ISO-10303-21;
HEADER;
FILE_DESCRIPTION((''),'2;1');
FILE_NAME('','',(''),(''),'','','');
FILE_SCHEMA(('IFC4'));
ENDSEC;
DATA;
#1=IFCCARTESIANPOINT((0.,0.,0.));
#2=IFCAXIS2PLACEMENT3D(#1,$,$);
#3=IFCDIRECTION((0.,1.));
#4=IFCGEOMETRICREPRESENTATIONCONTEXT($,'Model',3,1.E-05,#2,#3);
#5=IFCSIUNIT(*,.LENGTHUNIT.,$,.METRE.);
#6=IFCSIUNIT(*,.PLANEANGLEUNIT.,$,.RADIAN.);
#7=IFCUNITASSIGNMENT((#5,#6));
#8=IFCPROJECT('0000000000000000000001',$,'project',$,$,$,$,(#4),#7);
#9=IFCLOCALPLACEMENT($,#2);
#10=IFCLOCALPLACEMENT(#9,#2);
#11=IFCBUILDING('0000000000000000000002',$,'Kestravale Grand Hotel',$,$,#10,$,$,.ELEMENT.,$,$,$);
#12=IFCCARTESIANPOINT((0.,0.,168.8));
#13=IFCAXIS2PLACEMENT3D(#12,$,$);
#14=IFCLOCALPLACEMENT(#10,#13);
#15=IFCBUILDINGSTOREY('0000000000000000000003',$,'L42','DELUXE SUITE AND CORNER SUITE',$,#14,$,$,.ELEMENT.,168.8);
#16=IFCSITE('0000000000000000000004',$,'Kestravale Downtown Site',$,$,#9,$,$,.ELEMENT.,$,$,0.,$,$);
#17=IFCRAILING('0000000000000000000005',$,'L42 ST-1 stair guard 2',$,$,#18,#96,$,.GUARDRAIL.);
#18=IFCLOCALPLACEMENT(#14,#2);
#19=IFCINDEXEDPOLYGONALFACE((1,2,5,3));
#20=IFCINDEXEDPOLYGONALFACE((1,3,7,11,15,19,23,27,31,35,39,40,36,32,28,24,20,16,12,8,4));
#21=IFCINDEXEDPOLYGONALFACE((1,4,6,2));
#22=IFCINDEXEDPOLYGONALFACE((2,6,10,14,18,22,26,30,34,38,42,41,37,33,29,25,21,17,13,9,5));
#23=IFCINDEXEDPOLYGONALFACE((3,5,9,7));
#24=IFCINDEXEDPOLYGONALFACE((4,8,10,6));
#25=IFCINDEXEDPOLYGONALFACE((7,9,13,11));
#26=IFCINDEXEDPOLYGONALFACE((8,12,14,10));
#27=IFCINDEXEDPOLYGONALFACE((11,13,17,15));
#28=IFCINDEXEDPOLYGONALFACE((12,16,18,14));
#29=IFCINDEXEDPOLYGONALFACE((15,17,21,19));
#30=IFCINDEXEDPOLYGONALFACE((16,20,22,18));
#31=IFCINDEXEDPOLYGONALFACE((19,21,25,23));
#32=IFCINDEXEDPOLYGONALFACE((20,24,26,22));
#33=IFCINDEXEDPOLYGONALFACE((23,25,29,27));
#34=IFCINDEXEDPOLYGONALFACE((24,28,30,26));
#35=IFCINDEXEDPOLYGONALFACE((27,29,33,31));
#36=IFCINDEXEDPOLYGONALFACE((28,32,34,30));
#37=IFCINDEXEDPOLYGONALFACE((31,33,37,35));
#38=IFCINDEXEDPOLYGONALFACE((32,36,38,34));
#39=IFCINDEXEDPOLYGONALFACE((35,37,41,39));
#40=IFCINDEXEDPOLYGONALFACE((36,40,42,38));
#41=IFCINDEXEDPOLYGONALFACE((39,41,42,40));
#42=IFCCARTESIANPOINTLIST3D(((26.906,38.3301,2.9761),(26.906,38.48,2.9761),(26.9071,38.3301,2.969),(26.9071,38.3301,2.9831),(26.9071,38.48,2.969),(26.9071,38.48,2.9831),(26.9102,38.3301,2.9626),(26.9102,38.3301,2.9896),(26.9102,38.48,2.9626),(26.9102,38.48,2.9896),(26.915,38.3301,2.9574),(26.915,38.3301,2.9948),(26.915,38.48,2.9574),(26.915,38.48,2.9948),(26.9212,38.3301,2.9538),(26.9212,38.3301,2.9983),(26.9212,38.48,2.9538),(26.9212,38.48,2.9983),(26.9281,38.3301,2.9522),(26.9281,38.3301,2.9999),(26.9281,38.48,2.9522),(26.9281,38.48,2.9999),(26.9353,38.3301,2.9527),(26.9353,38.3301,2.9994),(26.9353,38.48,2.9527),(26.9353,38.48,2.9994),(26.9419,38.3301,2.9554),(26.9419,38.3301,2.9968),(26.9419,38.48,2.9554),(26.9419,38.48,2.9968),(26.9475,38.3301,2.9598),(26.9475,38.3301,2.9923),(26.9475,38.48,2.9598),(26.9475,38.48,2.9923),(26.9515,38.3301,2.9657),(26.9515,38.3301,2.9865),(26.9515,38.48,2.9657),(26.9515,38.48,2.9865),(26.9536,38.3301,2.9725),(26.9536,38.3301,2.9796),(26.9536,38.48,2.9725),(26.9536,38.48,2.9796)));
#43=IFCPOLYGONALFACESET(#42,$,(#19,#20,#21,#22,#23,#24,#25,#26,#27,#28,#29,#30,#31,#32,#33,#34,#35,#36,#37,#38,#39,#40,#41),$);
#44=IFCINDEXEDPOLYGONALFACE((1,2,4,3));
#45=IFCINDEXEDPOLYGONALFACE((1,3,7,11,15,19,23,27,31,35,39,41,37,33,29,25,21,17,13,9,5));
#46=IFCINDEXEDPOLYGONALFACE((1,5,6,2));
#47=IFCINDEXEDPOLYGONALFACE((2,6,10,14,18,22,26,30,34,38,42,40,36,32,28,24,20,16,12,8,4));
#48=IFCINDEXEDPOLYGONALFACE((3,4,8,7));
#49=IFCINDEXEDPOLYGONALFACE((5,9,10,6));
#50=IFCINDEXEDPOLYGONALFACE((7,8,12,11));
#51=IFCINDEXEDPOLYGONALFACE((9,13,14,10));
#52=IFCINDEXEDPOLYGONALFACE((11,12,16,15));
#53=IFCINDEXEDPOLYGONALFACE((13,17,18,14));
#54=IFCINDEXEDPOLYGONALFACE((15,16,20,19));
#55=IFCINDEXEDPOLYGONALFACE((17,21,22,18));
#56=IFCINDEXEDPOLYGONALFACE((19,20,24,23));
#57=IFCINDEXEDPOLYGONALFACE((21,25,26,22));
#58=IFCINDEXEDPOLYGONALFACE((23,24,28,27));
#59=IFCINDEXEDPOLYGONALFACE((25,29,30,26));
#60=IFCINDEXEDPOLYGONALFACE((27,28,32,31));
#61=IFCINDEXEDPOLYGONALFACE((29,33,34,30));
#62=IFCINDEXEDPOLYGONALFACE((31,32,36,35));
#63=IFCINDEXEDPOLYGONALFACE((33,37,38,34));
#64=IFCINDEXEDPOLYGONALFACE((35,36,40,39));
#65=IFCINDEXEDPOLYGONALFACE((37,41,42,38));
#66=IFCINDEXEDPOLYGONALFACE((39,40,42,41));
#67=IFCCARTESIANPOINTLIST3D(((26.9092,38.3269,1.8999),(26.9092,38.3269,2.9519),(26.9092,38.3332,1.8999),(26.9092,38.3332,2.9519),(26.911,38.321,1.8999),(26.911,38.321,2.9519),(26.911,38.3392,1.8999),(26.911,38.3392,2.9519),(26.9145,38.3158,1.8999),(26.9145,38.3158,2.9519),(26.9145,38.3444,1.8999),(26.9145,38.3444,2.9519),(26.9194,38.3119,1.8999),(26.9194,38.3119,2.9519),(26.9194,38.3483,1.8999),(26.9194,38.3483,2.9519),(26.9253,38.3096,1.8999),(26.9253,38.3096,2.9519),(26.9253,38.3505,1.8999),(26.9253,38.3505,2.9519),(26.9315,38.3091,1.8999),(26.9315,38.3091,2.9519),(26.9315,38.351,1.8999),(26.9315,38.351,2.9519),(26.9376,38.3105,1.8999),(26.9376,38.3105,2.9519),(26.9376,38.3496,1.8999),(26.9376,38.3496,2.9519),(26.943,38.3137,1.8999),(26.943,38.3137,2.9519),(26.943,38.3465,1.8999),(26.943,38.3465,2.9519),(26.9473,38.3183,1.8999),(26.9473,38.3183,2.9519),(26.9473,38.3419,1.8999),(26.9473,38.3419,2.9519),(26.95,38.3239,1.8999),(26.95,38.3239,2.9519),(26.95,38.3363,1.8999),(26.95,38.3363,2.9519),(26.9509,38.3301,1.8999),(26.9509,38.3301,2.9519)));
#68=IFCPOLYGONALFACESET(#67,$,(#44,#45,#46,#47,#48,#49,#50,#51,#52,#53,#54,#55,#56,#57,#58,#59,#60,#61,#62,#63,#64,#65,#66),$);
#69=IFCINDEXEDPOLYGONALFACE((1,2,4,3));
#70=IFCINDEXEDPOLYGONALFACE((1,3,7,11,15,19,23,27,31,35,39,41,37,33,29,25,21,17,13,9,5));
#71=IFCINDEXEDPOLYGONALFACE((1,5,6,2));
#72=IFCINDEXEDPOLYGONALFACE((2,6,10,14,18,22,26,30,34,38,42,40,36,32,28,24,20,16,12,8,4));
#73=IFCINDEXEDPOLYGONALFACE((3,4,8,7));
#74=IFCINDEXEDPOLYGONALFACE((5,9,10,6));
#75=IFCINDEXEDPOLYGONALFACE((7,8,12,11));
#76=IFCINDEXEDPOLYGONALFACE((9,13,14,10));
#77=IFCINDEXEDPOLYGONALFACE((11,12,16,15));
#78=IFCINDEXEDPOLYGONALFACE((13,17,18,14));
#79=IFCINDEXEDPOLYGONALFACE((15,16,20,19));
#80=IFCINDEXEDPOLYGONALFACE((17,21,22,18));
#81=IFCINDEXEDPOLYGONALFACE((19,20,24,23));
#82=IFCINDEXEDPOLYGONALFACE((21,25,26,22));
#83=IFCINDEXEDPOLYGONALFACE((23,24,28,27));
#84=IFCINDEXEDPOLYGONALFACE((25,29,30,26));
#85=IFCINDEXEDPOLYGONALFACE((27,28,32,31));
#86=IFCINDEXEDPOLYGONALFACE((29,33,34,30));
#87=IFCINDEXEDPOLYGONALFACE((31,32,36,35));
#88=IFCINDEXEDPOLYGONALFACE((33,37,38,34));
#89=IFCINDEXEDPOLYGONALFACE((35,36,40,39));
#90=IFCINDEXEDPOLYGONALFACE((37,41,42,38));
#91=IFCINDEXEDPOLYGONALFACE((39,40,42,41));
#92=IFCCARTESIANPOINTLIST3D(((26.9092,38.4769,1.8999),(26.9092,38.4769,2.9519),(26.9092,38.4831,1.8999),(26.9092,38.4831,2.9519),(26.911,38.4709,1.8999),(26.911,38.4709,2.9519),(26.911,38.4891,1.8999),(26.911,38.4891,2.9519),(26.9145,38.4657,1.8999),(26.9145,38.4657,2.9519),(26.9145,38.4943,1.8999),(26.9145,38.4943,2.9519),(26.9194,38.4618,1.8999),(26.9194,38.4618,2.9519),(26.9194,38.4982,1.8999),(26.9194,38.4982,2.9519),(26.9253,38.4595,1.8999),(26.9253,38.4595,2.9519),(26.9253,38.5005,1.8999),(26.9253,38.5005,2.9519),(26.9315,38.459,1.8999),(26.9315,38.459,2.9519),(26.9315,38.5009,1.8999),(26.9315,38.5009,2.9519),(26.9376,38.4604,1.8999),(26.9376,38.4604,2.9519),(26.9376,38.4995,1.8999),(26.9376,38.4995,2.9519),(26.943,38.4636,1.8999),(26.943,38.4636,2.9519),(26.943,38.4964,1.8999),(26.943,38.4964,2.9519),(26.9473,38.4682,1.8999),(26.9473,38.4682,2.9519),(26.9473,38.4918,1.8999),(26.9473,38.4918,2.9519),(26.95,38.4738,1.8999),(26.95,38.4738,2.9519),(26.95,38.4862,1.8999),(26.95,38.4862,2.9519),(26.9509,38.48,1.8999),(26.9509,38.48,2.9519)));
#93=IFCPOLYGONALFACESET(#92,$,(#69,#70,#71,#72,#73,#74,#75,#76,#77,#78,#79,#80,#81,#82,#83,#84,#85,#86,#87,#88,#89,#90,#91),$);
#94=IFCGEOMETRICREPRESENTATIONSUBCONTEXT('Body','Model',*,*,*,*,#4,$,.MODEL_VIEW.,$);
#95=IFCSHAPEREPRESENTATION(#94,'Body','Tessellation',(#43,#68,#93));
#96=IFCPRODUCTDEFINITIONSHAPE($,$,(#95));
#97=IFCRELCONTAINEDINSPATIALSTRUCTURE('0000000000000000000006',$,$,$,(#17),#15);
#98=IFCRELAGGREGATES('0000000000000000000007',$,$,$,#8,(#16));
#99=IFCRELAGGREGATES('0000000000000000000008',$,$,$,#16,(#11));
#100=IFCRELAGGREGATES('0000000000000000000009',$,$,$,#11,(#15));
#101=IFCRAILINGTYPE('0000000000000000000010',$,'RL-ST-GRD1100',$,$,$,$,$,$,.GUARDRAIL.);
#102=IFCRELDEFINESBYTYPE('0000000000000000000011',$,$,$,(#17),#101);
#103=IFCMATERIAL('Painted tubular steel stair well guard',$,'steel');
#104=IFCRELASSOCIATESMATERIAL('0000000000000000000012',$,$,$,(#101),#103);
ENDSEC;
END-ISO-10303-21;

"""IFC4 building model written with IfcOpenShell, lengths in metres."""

from ifc_helpers import new_model, si_unit, direction, frame, origin, origin_2d, place, context, subcontext, project, spatial, circle, extrude, material, type_object, element, save


model = new_model("IFC4")

# Units and contexts
model_context = context("Model", 3, precision=1e-05, world=origin(), true_north=direction((0.0, 1.0)))
body_context = subcontext(model_context, "Body", "Model", "MODEL_VIEW")
ifc_project = project(units=[si_unit("LENGTHUNIT", "METRE"), si_unit("PLANEANGLEUNIT", "RADIAN")], contexts=[model_context])

# Site, building, storey
site_placement = place(None, origin())
site = spatial("IfcSite", under=ifc_project, at=site_placement, Name="Kestravale Downtown Site", CompositionType="ELEMENT", RefElevation=0.0)
building_placement = place(site_placement, origin())
building = spatial("IfcBuilding", under=site, at=building_placement, Name="Kestravale Grand Hotel", CompositionType="ELEMENT")
storey_placement = place(building_placement, frame((0.0, 0.0, 168.8)))
storey = spatial("IfcBuildingStorey", under=building, at=storey_placement, Name="L42", Description="DELUXE SUITE AND CORNER SUITE", CompositionType="ELEMENT", Elevation=168.8)

# Railing
ifc_material_1 = material(Name="Painted tubular steel stair well guard", Category="steel")
railing_type_1 = type_object("IfcRailingType", Name="RL-ST-GRD1100", PredefinedType="GUARDRAIL", material=ifc_material_1)
railing_1_placement = place(storey_placement, frame((26.9299, 38.3301, 1.8999)))
element("IfcRailing", 1, at=railing_1_placement, inside=storey, type_object=railing_type_1, Name="L42 ST-1 stair guard 2", PredefinedType="GUARDRAIL", context=body_context, shape_type="SweptSolid", body=[
    extrude(circle(Radius=0.0239, at=origin_2d()), frame((0.0, 0.0, 1.0762), z_axis=(0.0, 1.0, 0.0), x_axis=(-1.0, 0.0, 0.0)), (0.0, 0.0, 1.0), 0.1499),
    extrude(circle(Radius=0.021, at=origin_2d()), origin(), (0.0, 0.0, 1.0), 1.052),
    extrude(circle(Radius=0.021, at=origin_2d()), frame((0.0, 0.1499, 0.0)), (0.0, 0.0, 1.0), 1.052),
])

save(model, "model.ifc")
